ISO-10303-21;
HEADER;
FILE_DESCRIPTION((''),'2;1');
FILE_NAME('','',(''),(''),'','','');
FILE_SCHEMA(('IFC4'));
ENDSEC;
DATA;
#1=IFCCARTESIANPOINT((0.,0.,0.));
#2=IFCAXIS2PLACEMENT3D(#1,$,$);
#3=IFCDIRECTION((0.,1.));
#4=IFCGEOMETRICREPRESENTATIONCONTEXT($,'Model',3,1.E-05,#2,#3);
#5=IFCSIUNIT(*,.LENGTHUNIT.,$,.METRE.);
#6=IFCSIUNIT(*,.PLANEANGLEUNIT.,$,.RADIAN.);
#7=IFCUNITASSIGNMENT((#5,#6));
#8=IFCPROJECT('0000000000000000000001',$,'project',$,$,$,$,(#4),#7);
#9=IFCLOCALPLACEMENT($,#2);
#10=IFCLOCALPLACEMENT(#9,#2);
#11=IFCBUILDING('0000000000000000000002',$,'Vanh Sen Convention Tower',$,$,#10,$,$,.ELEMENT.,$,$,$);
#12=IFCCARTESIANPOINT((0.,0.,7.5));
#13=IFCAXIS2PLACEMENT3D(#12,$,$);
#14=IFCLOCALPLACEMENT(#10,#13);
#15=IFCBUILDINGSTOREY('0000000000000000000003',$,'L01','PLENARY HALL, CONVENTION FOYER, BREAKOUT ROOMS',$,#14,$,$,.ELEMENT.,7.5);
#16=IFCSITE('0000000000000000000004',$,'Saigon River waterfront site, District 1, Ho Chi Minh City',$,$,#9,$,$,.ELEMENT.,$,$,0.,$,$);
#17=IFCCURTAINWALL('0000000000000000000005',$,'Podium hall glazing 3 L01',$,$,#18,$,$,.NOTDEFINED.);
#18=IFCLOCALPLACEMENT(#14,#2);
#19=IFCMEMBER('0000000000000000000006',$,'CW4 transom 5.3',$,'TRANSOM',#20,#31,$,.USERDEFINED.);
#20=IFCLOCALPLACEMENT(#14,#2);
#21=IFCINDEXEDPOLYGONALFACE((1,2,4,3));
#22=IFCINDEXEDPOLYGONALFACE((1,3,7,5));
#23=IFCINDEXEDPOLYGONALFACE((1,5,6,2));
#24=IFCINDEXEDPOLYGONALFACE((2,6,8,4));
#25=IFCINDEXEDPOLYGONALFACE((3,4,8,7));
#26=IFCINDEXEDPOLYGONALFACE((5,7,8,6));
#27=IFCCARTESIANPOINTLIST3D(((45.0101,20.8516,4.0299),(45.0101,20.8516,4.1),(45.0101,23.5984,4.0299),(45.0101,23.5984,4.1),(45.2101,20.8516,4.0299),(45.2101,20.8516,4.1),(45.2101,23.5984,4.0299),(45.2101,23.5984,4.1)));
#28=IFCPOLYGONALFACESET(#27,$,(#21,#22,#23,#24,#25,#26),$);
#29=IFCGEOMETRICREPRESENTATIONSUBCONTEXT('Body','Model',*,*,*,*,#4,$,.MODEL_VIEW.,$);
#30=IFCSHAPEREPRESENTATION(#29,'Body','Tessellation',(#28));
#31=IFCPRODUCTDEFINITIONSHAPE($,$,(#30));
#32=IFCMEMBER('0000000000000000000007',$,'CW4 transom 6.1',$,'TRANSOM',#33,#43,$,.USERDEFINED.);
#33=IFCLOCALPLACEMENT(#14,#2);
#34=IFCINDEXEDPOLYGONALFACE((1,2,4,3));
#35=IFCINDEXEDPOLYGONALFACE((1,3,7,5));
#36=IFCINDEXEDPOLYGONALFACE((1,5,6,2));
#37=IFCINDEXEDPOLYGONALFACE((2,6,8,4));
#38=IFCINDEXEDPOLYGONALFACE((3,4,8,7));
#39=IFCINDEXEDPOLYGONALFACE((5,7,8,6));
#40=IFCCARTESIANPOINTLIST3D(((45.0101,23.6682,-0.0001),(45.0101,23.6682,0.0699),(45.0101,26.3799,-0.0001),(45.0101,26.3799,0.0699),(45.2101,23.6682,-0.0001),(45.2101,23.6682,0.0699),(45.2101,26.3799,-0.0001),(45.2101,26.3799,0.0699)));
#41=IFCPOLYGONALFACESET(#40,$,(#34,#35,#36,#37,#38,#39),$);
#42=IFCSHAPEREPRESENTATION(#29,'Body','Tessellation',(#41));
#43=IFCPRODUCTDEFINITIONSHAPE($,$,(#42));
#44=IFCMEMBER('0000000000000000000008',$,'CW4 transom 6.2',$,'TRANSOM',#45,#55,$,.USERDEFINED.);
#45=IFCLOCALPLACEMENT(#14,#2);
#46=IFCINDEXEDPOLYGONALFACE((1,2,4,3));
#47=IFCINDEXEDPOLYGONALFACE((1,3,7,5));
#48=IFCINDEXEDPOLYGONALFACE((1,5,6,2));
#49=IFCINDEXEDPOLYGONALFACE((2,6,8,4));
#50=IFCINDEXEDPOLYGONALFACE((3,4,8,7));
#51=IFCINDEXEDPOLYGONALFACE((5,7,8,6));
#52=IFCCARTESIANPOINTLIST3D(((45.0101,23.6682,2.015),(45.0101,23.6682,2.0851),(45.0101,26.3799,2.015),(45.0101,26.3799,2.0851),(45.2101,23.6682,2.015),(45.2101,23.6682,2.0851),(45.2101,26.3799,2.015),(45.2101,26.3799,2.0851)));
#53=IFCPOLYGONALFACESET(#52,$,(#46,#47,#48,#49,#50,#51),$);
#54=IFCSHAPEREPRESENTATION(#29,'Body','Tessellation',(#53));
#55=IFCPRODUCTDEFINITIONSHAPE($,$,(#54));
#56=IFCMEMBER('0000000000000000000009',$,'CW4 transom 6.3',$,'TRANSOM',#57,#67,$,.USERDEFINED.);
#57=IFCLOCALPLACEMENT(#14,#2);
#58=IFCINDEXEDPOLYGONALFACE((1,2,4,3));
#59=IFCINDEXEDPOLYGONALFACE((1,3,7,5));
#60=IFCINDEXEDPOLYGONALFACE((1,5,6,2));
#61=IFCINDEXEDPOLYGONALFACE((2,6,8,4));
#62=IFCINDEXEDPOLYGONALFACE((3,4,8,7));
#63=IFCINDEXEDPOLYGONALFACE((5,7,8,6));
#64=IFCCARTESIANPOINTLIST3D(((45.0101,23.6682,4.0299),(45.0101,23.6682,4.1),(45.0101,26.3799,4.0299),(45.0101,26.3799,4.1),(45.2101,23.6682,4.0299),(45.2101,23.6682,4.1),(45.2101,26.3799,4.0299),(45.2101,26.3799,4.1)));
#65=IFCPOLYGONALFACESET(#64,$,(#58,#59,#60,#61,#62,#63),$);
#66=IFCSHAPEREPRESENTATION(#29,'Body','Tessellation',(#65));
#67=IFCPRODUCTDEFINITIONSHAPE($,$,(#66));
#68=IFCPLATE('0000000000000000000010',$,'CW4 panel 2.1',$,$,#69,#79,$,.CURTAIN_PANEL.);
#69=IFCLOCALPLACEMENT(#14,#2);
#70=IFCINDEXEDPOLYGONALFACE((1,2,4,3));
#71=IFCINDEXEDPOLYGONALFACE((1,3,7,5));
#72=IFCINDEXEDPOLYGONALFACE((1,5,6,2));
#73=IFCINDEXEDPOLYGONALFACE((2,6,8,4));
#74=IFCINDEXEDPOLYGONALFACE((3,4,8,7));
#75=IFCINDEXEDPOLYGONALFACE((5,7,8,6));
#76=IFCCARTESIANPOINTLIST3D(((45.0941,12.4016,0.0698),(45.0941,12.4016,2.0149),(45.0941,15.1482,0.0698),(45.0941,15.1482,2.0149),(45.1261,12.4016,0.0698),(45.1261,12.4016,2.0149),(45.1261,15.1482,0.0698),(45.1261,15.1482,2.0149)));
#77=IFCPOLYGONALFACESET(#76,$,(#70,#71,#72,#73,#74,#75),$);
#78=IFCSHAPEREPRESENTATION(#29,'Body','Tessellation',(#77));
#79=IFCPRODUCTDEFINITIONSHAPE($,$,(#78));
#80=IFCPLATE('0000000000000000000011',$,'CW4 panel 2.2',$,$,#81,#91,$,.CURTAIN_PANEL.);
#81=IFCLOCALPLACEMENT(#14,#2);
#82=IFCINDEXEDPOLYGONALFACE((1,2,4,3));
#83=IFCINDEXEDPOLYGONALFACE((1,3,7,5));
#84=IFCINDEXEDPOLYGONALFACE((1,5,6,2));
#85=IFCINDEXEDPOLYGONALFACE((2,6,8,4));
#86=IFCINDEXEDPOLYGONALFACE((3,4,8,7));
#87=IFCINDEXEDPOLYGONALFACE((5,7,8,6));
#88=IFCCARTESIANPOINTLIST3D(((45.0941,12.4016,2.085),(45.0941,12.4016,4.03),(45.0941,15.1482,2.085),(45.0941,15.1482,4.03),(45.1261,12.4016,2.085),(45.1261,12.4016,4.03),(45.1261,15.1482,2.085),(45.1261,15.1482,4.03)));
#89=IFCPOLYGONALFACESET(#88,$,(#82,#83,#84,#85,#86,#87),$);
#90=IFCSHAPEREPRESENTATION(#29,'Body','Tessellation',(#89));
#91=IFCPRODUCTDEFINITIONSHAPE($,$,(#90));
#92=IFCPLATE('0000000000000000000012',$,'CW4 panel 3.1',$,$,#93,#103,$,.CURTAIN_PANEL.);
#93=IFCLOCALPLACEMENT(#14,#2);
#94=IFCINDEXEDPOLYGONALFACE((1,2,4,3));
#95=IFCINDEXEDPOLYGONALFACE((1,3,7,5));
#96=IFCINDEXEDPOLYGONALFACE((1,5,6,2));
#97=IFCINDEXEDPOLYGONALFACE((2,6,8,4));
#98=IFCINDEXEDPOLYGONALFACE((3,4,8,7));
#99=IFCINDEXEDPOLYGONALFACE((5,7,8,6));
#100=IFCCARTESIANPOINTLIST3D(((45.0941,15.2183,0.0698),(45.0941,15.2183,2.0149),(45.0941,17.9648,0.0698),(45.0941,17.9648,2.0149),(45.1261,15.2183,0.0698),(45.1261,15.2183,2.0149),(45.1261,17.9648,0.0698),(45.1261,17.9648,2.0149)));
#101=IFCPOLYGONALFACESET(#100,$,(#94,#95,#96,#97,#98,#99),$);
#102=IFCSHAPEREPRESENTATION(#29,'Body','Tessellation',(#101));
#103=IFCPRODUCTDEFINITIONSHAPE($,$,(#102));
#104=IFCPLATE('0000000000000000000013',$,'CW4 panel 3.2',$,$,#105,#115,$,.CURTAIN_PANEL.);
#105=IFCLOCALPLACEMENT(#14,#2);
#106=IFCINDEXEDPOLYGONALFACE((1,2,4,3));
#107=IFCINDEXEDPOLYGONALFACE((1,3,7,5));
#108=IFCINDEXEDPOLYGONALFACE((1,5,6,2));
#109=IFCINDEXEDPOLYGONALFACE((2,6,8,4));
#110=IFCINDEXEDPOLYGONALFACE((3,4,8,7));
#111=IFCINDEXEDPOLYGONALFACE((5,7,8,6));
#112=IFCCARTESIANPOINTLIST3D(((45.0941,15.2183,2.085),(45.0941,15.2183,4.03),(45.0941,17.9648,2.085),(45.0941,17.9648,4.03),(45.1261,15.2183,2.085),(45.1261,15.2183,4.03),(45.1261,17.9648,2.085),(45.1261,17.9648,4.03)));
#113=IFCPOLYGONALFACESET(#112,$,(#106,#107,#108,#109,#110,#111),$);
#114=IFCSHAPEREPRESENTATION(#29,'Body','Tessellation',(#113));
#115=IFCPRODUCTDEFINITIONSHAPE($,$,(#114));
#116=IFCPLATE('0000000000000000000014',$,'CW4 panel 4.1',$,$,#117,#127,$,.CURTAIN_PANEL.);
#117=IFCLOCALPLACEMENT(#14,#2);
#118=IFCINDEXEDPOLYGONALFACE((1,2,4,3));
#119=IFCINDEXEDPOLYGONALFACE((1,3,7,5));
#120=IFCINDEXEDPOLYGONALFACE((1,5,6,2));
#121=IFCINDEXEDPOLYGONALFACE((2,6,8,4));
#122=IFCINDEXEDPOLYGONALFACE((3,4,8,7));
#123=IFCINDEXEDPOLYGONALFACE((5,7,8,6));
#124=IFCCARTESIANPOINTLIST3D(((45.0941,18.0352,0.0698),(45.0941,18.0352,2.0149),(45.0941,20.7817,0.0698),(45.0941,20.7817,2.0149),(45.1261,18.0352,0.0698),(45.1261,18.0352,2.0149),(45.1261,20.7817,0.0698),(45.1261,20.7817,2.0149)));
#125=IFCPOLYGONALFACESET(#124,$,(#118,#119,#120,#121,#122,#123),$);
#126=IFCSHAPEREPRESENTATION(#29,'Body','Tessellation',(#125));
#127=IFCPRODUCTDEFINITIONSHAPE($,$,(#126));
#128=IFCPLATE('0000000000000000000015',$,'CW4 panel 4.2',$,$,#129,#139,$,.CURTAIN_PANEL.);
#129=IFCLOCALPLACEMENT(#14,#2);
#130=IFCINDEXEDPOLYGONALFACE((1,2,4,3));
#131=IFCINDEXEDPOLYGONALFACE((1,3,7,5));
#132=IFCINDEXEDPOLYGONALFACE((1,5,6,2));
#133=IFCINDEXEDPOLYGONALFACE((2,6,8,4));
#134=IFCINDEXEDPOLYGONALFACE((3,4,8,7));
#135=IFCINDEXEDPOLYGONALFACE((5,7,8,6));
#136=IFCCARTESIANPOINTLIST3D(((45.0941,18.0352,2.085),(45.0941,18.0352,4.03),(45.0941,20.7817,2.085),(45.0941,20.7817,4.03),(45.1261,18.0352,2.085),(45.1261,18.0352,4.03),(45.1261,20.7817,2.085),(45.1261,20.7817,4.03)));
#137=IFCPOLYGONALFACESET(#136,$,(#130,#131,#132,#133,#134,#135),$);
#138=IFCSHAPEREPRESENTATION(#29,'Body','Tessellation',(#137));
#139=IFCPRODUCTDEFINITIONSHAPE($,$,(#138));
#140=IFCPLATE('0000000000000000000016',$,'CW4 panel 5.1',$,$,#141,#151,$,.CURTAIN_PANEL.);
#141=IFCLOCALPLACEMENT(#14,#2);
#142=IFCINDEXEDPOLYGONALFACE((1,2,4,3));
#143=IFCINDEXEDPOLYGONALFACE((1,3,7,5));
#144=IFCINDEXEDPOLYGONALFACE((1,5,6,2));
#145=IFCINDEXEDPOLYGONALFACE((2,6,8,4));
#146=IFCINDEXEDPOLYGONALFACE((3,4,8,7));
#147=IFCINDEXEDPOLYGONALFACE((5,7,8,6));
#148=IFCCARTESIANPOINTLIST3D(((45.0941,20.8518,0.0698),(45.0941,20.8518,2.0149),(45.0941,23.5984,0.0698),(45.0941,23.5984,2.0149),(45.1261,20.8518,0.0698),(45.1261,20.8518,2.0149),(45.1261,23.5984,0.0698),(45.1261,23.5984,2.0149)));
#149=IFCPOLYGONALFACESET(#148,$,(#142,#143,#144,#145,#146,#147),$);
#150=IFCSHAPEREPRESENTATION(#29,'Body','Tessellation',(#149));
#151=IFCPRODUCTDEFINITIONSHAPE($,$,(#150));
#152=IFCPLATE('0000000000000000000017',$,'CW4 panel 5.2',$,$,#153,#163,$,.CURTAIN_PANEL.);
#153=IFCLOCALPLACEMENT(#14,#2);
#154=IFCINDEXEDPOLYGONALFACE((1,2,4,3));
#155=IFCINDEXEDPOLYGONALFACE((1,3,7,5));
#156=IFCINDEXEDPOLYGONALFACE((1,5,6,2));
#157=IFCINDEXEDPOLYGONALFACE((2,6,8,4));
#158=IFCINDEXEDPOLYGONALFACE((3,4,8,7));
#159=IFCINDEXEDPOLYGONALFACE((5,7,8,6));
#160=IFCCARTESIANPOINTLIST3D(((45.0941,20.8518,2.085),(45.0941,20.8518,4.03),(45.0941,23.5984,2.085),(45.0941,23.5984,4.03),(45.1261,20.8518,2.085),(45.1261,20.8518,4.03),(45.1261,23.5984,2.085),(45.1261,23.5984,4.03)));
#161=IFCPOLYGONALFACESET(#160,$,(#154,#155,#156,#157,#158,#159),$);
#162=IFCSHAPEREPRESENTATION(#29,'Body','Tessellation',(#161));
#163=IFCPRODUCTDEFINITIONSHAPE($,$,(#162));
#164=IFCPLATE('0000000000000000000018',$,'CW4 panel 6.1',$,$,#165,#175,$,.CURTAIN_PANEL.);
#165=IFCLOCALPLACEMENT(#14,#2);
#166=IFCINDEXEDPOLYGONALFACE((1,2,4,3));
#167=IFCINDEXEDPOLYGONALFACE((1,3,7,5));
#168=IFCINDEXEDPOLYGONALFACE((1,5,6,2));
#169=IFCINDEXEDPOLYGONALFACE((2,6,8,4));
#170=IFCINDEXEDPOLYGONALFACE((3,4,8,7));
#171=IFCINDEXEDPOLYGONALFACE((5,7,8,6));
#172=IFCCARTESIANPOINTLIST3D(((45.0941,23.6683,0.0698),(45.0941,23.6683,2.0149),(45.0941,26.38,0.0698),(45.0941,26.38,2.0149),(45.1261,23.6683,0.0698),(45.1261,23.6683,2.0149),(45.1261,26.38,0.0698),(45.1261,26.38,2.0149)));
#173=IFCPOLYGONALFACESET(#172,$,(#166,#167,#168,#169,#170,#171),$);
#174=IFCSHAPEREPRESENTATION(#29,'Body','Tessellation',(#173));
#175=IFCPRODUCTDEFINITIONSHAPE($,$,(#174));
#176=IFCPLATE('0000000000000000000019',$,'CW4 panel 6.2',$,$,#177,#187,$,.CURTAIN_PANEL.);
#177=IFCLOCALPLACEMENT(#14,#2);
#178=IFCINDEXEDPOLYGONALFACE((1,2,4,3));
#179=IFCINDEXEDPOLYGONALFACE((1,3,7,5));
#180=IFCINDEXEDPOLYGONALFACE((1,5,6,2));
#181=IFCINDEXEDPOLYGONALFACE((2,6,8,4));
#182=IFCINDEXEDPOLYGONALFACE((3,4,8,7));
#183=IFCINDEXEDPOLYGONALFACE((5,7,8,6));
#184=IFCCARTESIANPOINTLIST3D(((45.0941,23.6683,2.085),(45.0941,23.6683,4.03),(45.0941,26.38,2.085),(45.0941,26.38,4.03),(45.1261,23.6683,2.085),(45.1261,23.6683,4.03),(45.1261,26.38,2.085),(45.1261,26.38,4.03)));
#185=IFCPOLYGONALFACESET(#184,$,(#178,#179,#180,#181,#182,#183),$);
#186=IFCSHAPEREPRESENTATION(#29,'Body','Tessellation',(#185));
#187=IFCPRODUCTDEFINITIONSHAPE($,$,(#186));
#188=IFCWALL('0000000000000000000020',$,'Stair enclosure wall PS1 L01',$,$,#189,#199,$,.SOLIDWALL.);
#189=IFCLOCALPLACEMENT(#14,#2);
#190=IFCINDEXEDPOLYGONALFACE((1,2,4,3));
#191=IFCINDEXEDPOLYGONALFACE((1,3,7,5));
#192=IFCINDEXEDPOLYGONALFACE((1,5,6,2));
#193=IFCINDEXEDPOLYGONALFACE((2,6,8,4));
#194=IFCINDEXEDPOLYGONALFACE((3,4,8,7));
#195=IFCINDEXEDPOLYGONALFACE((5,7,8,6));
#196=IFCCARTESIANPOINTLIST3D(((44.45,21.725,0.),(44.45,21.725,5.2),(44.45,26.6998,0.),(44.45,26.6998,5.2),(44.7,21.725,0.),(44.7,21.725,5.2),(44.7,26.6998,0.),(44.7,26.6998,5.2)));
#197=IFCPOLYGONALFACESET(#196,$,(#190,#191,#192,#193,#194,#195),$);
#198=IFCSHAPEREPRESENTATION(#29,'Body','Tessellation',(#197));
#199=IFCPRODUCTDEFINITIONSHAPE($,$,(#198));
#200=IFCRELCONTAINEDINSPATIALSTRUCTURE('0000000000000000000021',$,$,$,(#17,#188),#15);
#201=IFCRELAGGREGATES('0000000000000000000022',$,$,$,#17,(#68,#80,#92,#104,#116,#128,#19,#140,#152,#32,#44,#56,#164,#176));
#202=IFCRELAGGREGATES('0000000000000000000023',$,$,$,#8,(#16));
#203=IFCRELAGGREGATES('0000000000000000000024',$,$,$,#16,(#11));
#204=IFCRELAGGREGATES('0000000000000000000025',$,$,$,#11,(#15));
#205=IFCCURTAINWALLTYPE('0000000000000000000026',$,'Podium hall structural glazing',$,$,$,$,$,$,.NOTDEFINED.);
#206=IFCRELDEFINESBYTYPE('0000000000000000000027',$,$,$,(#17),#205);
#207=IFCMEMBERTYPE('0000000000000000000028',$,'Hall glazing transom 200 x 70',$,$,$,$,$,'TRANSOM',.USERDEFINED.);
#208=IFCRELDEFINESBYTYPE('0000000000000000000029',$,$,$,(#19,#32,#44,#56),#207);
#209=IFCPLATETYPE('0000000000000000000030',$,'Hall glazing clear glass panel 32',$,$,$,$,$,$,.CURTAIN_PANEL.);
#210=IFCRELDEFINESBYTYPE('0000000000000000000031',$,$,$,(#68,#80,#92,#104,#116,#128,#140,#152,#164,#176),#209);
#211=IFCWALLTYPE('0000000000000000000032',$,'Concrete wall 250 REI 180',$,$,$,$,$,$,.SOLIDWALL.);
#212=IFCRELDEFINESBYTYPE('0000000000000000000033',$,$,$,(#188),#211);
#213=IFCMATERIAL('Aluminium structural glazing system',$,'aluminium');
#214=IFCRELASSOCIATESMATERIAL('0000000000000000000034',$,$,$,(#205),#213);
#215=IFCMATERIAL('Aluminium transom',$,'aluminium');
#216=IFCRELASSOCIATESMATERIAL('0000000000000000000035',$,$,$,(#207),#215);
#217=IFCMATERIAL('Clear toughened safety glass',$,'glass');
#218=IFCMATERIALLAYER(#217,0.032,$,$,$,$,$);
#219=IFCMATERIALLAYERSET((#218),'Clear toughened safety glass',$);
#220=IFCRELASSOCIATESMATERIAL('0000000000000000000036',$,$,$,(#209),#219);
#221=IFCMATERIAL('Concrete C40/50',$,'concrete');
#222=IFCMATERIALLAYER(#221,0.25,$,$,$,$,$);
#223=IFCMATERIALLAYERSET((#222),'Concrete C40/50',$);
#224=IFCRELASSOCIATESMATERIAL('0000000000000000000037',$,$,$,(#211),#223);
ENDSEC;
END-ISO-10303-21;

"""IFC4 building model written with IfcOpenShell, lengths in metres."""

from ifc_helpers import new_model, si_unit, direction, frame, frame_2d, origin, origin_2d, place, context, subcontext, project, spatial, rectangle, extrude, material, layer, layer_set, material_profile, profile_set, type_object, element, aggregate, save


model = new_model("IFC4")

# Units and contexts
model_context = context("Model", 3, precision=1e-05, world=origin(), true_north=direction((0.0, 1.0)))
body_context = subcontext(model_context, "Body", "Model", "MODEL_VIEW")
ifc_project = project(units=[si_unit("LENGTHUNIT", "METRE"), si_unit("PLANEANGLEUNIT", "RADIAN")], contexts=[model_context])

# Site, building, storey
site_placement = place(None, origin())
site = spatial("IfcSite", under=ifc_project, at=site_placement, Name="Saigon River waterfront site, District 1, Ho Chi Minh City", CompositionType="ELEMENT", RefElevation=0.0)
building_placement = place(site_placement, origin())
building = spatial("IfcBuilding", under=site, at=building_placement, Name="Vanh Sen Convention Tower", CompositionType="ELEMENT")
storey_placement = place(building_placement, frame((0.0, 0.0, 7.5)))
storey = spatial("IfcBuildingStorey", under=building, at=storey_placement, Name="L01", Description="PLENARY HALL, CONVENTION FOYER, BREAKOUT ROOMS", CompositionType="ELEMENT", Elevation=7.5)

# Curtain wall, members, plates
ifc_material_1 = material(Name="Aluminium structural glazing system", Category="aluminium")
curtain_wall_type = type_object("IfcCurtainWallType", Name="Podium hall structural glazing", PredefinedType="NOTDEFINED", material=ifc_material_1)
curtain_wall_placement = place(storey_placement, origin())
curtain_wall = element("IfcCurtainWall", 1, at=curtain_wall_placement, inside=storey, type_object=curtain_wall_type, Name="Podium hall glazing 3 L01", PredefinedType="NOTDEFINED")
ifc_material_2 = material(Name="Aluminium transom", Category="aluminium")
ifc_material_profile_1 = material_profile(ifc_material_2, rectangle(XDim=0.2, YDim=0.0701, at=origin_2d()), Name="Hall glazing transom 200 x 70")
ifc_profile_set_1 = profile_set([ifc_material_profile_1], Name="Aluminium transom")
member_type_1 = type_object("IfcMemberType", Name="Hall glazing transom 200 x 70", ElementType="TRANSOM", PredefinedType="USERDEFINED", material=ifc_profile_set_1)
member_1_placement = place(storey_placement, frame((45.1101, 20.8516, 4.0649), z_axis=(0.0, 1.0, 0.0), x_axis=(-1.0, 0.0, 0.0)))
member_1 = element("IfcMember", 2, at=member_1_placement, type_object=member_type_1, Name="CW4 transom 5.3", ObjectType="TRANSOM", PredefinedType="USERDEFINED", context=body_context, shape_type="SweptSolid", body=[
    extrude(rectangle(XDim=0.2, YDim=0.0701, at=origin_2d()), origin(), (0.0, 0.0, 1.0), 2.7468),
])
member_2_placement = place(storey_placement, frame((45.1101, 23.6682, 0.0349), z_axis=(0.0, 1.0, 0.0), x_axis=(-1.0, 0.0, 0.0)))
member_2 = element("IfcMember", 3, at=member_2_placement, type_object=member_type_1, Name="CW4 transom 6.1", ObjectType="TRANSOM", PredefinedType="USERDEFINED", context=body_context, shape_type="SweptSolid", body=[
    extrude(rectangle(XDim=0.2, YDim=0.0701, at=origin_2d()), origin(), (0.0, 0.0, 1.0), 2.7117),
])
member_3_placement = place(storey_placement, frame((45.1101, 23.6682, 2.05), z_axis=(0.0, 1.0, 0.0), x_axis=(-1.0, 0.0, 0.0)))
member_3 = element("IfcMember", 4, at=member_3_placement, type_object=member_type_1, Name="CW4 transom 6.2", ObjectType="TRANSOM", PredefinedType="USERDEFINED", context=body_context, shape_type="SweptSolid", body=[
    extrude(rectangle(XDim=0.2, YDim=0.0701, at=origin_2d()), origin(), (0.0, 0.0, 1.0), 2.7117),
])
member_4_placement = place(storey_placement, frame((45.1101, 23.6682, 4.0649), z_axis=(0.0, 1.0, 0.0), x_axis=(-1.0, 0.0, 0.0)))
member_4 = element("IfcMember", 5, at=member_4_placement, type_object=member_type_1, Name="CW4 transom 6.3", ObjectType="TRANSOM", PredefinedType="USERDEFINED", context=body_context, shape_type="SweptSolid", body=[
    extrude(rectangle(XDim=0.2, YDim=0.0701, at=origin_2d()), origin(), (0.0, 0.0, 1.0), 2.7117),
])
ifc_material_3 = material(Name="Clear toughened safety glass", Category="glass")
ifc_layer_1 = layer(ifc_material_3, 0.032)
ifc_layer_set_1 = layer_set([ifc_layer_1], Name="Clear toughened safety glass")
plate_type = type_object("IfcPlateType", Name="Hall glazing clear glass panel 32", PredefinedType="CURTAIN_PANEL", material=ifc_layer_set_1)
plate_1_placement = place(storey_placement, frame((45.1101, 13.7749, 0.0698), z_axis=(0.0, 0.0, 1.0), x_axis=(0.0, 1.0, 0.0)))
plate_1 = element("IfcPlate", 6, at=plate_1_placement, type_object=plate_type, Name="CW4 panel 2.1", PredefinedType="CURTAIN_PANEL", context=body_context, shape_type="SweptSolid", body=[
    extrude(rectangle(XDim=2.7466, YDim=0.032, at=origin_2d()), origin(), (0.0, 0.0, 1.0), 1.9451),
])
plate_2_placement = place(storey_placement, frame((45.1101, 13.7749, 2.085), z_axis=(0.0, 0.0, 1.0), x_axis=(0.0, 1.0, 0.0)))
plate_2 = element("IfcPlate", 7, at=plate_2_placement, type_object=plate_type, Name="CW4 panel 2.2", PredefinedType="CURTAIN_PANEL", context=body_context, shape_type="SweptSolid", body=[
    extrude(rectangle(XDim=2.7466, YDim=0.032, at=origin_2d()), origin(), (0.0, 0.0, 1.0), 1.9451),
])
plate_3_placement = place(storey_placement, frame((45.1101, 16.5916, 0.0698), z_axis=(0.0, 0.0, 1.0), x_axis=(0.0, 1.0, 0.0)))
plate_3 = element("IfcPlate", 8, at=plate_3_placement, type_object=plate_type, Name="CW4 panel 3.1", PredefinedType="CURTAIN_PANEL", context=body_context, shape_type="SweptSolid", body=[
    extrude(rectangle(XDim=2.7466, YDim=0.032, at=origin_2d()), origin(), (0.0, 0.0, 1.0), 1.9451),
])
plate_4_placement = place(storey_placement, frame((45.1101, 16.5916, 2.085), z_axis=(0.0, 0.0, 1.0), x_axis=(0.0, 1.0, 0.0)))
plate_4 = element("IfcPlate", 9, at=plate_4_placement, type_object=plate_type, Name="CW4 panel 3.2", PredefinedType="CURTAIN_PANEL", context=body_context, shape_type="SweptSolid", body=[
    extrude(rectangle(XDim=2.7466, YDim=0.032, at=origin_2d()), origin(), (0.0, 0.0, 1.0), 1.9451),
])
plate_5_placement = place(storey_placement, frame((45.1101, 19.4084, 0.0698), z_axis=(0.0, 0.0, 1.0), x_axis=(0.0, 1.0, 0.0)))
plate_5 = element("IfcPlate", 10, at=plate_5_placement, type_object=plate_type, Name="CW4 panel 4.1", PredefinedType="CURTAIN_PANEL", context=body_context, shape_type="SweptSolid", body=[
    extrude(rectangle(XDim=2.7466, YDim=0.032, at=origin_2d()), origin(), (0.0, 0.0, 1.0), 1.9451),
])
plate_6_placement = place(storey_placement, frame((45.1101, 19.4084, 2.085), z_axis=(0.0, 0.0, 1.0), x_axis=(0.0, 1.0, 0.0)))
plate_6 = element("IfcPlate", 11, at=plate_6_placement, type_object=plate_type, Name="CW4 panel 4.2", PredefinedType="CURTAIN_PANEL", context=body_context, shape_type="SweptSolid", body=[
    extrude(rectangle(XDim=2.7466, YDim=0.032, at=origin_2d()), origin(), (0.0, 0.0, 1.0), 1.9451),
])
plate_7_placement = place(storey_placement, frame((45.1101, 22.2251, 0.0698), z_axis=(0.0, 0.0, 1.0), x_axis=(0.0, 1.0, 0.0)))
plate_7 = element("IfcPlate", 12, at=plate_7_placement, type_object=plate_type, Name="CW4 panel 5.1", PredefinedType="CURTAIN_PANEL", context=body_context, shape_type="SweptSolid", body=[
    extrude(rectangle(XDim=2.7466, YDim=0.032, at=origin_2d()), origin(), (0.0, 0.0, 1.0), 1.9451),
])
plate_8_placement = place(storey_placement, frame((45.1101, 22.2251, 2.085), z_axis=(0.0, 0.0, 1.0), x_axis=(0.0, 1.0, 0.0)))
plate_8 = element("IfcPlate", 13, at=plate_8_placement, type_object=plate_type, Name="CW4 panel 5.2", PredefinedType="CURTAIN_PANEL", context=body_context, shape_type="SweptSolid", body=[
    extrude(rectangle(XDim=2.7466, YDim=0.032, at=origin_2d()), origin(), (0.0, 0.0, 1.0), 1.9451),
])
plate_9_placement = place(storey_placement, frame((45.1101, 25.0242, 0.0698), z_axis=(0.0, 0.0, 1.0), x_axis=(0.0, 1.0, 0.0)))
plate_9 = element("IfcPlate", 14, at=plate_9_placement, type_object=plate_type, Name="CW4 panel 6.1", PredefinedType="CURTAIN_PANEL", context=body_context, shape_type="SweptSolid", body=[
    extrude(rectangle(XDim=2.7117, YDim=0.032, at=origin_2d()), origin(), (0.0, 0.0, 1.0), 1.9451),
])
plate_10_placement = place(storey_placement, frame((45.1101, 25.0242, 2.085), z_axis=(0.0, 0.0, 1.0), x_axis=(0.0, 1.0, 0.0)))
plate_10 = element("IfcPlate", 15, at=plate_10_placement, type_object=plate_type, Name="CW4 panel 6.2", PredefinedType="CURTAIN_PANEL", context=body_context, shape_type="SweptSolid", body=[
    extrude(rectangle(XDim=2.7117, YDim=0.032, at=origin_2d()), origin(), (0.0, 0.0, 1.0), 1.9451),
])
aggregate(curtain_wall, [plate_1, plate_2, plate_3, plate_4, plate_5, plate_6, member_1, plate_7, plate_8, member_2, member_3, member_4, plate_9, plate_10])

# Wall
ifc_material_4 = material(Name="Concrete C40/50", Category="concrete")
ifc_layer_2 = layer(ifc_material_4, 0.25)
ifc_layer_set_2 = layer_set([ifc_layer_2], Name="Concrete C40/50")
wall_type = type_object("IfcWallType", Name="Concrete wall 250 REI 180", PredefinedType="SOLIDWALL", material=ifc_layer_set_2)
wall_placement = place(storey_placement, frame((44.575, 21.7251, 0.0), z_axis=(0.0, 0.0, 1.0), x_axis=(0.0, 1.0, 0.0)))
element("IfcWall", 16, at=wall_placement, inside=storey, type_object=wall_type, Name="Stair enclosure wall PS1 L01", PredefinedType="SOLIDWALL", context=body_context, shape_type="SweptSolid", body=[
    extrude(rectangle(XDim=4.9749, YDim=0.25, at=frame_2d((2.4873, 0.0))), origin(), (0.0, 0.0, 1.0), 5.2),
])

save(model, "model.ifc")
